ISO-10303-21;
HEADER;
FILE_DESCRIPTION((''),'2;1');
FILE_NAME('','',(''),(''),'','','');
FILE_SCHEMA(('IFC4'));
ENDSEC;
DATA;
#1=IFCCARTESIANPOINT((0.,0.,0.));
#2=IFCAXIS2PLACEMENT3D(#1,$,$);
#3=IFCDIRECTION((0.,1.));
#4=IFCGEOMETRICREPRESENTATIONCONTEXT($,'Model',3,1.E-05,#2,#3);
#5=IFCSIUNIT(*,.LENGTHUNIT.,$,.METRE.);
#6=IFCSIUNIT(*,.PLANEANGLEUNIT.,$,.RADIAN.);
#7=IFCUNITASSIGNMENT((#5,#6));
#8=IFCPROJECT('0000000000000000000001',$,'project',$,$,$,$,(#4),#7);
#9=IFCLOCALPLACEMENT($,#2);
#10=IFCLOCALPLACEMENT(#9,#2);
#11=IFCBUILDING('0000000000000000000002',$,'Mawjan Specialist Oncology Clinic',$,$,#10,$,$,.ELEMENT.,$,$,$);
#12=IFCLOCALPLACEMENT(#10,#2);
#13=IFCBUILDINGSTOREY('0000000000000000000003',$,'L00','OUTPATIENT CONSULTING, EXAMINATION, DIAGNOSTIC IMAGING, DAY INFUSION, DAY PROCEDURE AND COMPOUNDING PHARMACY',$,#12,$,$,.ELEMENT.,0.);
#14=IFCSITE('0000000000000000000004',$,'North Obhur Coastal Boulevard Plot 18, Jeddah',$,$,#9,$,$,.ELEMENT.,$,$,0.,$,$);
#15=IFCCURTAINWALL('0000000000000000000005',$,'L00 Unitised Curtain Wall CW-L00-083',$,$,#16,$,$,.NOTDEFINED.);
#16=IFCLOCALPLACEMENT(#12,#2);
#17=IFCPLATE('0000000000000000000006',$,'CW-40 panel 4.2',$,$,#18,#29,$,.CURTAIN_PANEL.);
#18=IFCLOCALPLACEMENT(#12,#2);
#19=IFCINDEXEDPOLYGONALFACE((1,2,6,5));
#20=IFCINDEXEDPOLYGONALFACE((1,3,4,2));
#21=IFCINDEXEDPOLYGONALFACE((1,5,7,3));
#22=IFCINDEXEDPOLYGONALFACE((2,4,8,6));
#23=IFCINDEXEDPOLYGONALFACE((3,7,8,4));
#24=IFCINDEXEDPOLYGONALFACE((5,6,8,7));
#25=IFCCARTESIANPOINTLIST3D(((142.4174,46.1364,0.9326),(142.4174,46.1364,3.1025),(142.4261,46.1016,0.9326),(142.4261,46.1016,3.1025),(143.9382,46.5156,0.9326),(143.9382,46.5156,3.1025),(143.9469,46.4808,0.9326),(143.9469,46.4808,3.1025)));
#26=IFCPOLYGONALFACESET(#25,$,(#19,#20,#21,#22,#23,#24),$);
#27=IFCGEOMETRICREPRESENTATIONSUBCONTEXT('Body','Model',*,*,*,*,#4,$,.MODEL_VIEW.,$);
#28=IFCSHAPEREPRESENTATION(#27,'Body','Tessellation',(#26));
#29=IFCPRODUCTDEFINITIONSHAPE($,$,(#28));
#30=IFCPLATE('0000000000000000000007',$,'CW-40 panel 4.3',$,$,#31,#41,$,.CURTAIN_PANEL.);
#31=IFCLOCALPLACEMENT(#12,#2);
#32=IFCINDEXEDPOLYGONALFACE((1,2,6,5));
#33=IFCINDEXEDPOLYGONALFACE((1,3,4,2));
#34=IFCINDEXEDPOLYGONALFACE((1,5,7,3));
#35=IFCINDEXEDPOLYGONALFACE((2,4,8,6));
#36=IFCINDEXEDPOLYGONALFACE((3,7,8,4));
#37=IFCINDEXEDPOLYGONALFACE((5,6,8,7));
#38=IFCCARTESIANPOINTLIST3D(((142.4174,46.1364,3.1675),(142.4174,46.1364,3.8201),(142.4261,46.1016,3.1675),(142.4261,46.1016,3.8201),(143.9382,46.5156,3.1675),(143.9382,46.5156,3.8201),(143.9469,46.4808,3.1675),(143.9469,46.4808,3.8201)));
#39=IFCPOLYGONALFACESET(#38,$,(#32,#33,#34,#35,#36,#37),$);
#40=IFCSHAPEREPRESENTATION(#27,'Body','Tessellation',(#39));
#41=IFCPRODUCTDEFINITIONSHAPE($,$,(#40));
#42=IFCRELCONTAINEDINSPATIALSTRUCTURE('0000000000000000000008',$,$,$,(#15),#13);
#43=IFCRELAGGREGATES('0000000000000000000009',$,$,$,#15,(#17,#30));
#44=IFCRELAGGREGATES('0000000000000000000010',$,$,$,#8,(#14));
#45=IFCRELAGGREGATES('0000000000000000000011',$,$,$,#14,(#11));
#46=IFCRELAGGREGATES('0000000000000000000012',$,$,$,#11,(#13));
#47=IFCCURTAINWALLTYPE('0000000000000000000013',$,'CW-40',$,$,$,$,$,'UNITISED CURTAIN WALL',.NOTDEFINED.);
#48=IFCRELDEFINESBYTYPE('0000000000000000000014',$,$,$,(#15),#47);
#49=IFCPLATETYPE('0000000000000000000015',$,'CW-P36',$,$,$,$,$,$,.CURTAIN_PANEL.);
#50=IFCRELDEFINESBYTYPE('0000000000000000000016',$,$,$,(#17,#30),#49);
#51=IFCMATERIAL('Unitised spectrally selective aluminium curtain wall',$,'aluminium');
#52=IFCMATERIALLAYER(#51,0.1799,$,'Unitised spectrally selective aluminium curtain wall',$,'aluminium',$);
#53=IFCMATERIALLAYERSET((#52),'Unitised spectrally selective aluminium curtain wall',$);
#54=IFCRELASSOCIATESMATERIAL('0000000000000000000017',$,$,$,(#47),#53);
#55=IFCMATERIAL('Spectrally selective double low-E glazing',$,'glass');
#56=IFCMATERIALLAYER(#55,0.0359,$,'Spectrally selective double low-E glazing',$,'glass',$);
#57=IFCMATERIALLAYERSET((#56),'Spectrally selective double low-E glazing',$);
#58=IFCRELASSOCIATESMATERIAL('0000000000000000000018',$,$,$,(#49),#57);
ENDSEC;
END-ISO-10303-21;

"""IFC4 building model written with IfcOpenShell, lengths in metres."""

from ifc_helpers import new_model, si_unit, direction, frame, origin, origin_2d, place, context, subcontext, project, spatial, rectangle, extrude, material, layer, layer_set, type_object, element, aggregate, save


model = new_model("IFC4")

# Units and contexts
model_context = context("Model", 3, precision=1e-05, world=origin(), true_north=direction((0.0, 1.0)))
body_context = subcontext(model_context, "Body", "Model", "MODEL_VIEW")
ifc_project = project(units=[si_unit("LENGTHUNIT", "METRE"), si_unit("PLANEANGLEUNIT", "RADIAN")], contexts=[model_context])

# Site, building, storey
site_placement = place(None, origin())
site = spatial("IfcSite", under=ifc_project, at=site_placement, Name="North Obhur Coastal Boulevard Plot 18, Jeddah", CompositionType="ELEMENT", RefElevation=0.0)
building_placement = place(site_placement, origin())
building = spatial("IfcBuilding", under=site, at=building_placement, Name="Mawjan Specialist Oncology Clinic", CompositionType="ELEMENT")
storey_placement = place(building_placement, origin())
storey = spatial("IfcBuildingStorey", under=building, at=storey_placement, Name="L00", Description="OUTPATIENT CONSULTING, EXAMINATION, DIAGNOSTIC IMAGING, DAY INFUSION, DAY PROCEDURE AND COMPOUNDING PHARMACY", CompositionType="ELEMENT", Elevation=0.0)

# Curtain wall
ifc_material_1 = material(Name="Unitised spectrally selective aluminium curtain wall", Category="aluminium")
ifc_layer_1 = layer(ifc_material_1, 0.1799, Name="Unitised spectrally selective aluminium curtain wall", Category="aluminium")
ifc_layer_set_1 = layer_set([ifc_layer_1], Name="Unitised spectrally selective aluminium curtain wall")
curtain_wall_type_1 = type_object("IfcCurtainWallType", Name="CW-40", ElementType="UNITISED CURTAIN WALL", PredefinedType="NOTDEFINED", material=ifc_layer_set_1)
curtain_wall_1_placement = place(storey_placement, origin())
curtain_wall_1 = element("IfcCurtainWall", 1, at=curtain_wall_1_placement, inside=storey, type_object=curtain_wall_type_1, Name="L00 Unitised Curtain Wall CW-L00-083", PredefinedType="NOTDEFINED")

# Plates
ifc_material_2 = material(Name="Spectrally selective double low-E glazing", Category="glass")
ifc_layer_2 = layer(ifc_material_2, 0.0359, Name="Spectrally selective double low-E glazing", Category="glass")
ifc_layer_set_2 = layer_set([ifc_layer_2], Name="Spectrally selective double low-E glazing")
plate_type = type_object("IfcPlateType", Name="CW-P36", PredefinedType="CURTAIN_PANEL", material=ifc_layer_set_2)
plate_1_placement = place(storey_placement, frame((143.1821, 46.3086, 0.9326), z_axis=(0.0, 0.0, 1.0), x_axis=(0.970296, 0.241922, 0.0)))
plate_1 = element("IfcPlate", 2, at=plate_1_placement, type_object=plate_type, Name="CW-40 panel 4.2", PredefinedType="CURTAIN_PANEL", context=body_context, shape_type="SweptSolid", body=[
    extrude(rectangle(XDim=1.5674, YDim=0.0359, at=origin_2d()), origin(), (0.0, 0.0, 1.0), 2.1699),
])
plate_2_placement = place(storey_placement, frame((143.1821, 46.3086, 3.1675), z_axis=(0.0, 0.0, 1.0), x_axis=(0.970296, 0.241922, 0.0)))
plate_2 = element("IfcPlate", 3, at=plate_2_placement, type_object=plate_type, Name="CW-40 panel 4.3", PredefinedType="CURTAIN_PANEL", context=body_context, shape_type="SweptSolid", body=[
    extrude(rectangle(XDim=1.5674, YDim=0.0359, at=origin_2d()), origin(), (0.0, 0.0, 1.0), 0.6526),
])
aggregate(curtain_wall_1, [plate_1, plate_2])

save(model, "model.ifc")
